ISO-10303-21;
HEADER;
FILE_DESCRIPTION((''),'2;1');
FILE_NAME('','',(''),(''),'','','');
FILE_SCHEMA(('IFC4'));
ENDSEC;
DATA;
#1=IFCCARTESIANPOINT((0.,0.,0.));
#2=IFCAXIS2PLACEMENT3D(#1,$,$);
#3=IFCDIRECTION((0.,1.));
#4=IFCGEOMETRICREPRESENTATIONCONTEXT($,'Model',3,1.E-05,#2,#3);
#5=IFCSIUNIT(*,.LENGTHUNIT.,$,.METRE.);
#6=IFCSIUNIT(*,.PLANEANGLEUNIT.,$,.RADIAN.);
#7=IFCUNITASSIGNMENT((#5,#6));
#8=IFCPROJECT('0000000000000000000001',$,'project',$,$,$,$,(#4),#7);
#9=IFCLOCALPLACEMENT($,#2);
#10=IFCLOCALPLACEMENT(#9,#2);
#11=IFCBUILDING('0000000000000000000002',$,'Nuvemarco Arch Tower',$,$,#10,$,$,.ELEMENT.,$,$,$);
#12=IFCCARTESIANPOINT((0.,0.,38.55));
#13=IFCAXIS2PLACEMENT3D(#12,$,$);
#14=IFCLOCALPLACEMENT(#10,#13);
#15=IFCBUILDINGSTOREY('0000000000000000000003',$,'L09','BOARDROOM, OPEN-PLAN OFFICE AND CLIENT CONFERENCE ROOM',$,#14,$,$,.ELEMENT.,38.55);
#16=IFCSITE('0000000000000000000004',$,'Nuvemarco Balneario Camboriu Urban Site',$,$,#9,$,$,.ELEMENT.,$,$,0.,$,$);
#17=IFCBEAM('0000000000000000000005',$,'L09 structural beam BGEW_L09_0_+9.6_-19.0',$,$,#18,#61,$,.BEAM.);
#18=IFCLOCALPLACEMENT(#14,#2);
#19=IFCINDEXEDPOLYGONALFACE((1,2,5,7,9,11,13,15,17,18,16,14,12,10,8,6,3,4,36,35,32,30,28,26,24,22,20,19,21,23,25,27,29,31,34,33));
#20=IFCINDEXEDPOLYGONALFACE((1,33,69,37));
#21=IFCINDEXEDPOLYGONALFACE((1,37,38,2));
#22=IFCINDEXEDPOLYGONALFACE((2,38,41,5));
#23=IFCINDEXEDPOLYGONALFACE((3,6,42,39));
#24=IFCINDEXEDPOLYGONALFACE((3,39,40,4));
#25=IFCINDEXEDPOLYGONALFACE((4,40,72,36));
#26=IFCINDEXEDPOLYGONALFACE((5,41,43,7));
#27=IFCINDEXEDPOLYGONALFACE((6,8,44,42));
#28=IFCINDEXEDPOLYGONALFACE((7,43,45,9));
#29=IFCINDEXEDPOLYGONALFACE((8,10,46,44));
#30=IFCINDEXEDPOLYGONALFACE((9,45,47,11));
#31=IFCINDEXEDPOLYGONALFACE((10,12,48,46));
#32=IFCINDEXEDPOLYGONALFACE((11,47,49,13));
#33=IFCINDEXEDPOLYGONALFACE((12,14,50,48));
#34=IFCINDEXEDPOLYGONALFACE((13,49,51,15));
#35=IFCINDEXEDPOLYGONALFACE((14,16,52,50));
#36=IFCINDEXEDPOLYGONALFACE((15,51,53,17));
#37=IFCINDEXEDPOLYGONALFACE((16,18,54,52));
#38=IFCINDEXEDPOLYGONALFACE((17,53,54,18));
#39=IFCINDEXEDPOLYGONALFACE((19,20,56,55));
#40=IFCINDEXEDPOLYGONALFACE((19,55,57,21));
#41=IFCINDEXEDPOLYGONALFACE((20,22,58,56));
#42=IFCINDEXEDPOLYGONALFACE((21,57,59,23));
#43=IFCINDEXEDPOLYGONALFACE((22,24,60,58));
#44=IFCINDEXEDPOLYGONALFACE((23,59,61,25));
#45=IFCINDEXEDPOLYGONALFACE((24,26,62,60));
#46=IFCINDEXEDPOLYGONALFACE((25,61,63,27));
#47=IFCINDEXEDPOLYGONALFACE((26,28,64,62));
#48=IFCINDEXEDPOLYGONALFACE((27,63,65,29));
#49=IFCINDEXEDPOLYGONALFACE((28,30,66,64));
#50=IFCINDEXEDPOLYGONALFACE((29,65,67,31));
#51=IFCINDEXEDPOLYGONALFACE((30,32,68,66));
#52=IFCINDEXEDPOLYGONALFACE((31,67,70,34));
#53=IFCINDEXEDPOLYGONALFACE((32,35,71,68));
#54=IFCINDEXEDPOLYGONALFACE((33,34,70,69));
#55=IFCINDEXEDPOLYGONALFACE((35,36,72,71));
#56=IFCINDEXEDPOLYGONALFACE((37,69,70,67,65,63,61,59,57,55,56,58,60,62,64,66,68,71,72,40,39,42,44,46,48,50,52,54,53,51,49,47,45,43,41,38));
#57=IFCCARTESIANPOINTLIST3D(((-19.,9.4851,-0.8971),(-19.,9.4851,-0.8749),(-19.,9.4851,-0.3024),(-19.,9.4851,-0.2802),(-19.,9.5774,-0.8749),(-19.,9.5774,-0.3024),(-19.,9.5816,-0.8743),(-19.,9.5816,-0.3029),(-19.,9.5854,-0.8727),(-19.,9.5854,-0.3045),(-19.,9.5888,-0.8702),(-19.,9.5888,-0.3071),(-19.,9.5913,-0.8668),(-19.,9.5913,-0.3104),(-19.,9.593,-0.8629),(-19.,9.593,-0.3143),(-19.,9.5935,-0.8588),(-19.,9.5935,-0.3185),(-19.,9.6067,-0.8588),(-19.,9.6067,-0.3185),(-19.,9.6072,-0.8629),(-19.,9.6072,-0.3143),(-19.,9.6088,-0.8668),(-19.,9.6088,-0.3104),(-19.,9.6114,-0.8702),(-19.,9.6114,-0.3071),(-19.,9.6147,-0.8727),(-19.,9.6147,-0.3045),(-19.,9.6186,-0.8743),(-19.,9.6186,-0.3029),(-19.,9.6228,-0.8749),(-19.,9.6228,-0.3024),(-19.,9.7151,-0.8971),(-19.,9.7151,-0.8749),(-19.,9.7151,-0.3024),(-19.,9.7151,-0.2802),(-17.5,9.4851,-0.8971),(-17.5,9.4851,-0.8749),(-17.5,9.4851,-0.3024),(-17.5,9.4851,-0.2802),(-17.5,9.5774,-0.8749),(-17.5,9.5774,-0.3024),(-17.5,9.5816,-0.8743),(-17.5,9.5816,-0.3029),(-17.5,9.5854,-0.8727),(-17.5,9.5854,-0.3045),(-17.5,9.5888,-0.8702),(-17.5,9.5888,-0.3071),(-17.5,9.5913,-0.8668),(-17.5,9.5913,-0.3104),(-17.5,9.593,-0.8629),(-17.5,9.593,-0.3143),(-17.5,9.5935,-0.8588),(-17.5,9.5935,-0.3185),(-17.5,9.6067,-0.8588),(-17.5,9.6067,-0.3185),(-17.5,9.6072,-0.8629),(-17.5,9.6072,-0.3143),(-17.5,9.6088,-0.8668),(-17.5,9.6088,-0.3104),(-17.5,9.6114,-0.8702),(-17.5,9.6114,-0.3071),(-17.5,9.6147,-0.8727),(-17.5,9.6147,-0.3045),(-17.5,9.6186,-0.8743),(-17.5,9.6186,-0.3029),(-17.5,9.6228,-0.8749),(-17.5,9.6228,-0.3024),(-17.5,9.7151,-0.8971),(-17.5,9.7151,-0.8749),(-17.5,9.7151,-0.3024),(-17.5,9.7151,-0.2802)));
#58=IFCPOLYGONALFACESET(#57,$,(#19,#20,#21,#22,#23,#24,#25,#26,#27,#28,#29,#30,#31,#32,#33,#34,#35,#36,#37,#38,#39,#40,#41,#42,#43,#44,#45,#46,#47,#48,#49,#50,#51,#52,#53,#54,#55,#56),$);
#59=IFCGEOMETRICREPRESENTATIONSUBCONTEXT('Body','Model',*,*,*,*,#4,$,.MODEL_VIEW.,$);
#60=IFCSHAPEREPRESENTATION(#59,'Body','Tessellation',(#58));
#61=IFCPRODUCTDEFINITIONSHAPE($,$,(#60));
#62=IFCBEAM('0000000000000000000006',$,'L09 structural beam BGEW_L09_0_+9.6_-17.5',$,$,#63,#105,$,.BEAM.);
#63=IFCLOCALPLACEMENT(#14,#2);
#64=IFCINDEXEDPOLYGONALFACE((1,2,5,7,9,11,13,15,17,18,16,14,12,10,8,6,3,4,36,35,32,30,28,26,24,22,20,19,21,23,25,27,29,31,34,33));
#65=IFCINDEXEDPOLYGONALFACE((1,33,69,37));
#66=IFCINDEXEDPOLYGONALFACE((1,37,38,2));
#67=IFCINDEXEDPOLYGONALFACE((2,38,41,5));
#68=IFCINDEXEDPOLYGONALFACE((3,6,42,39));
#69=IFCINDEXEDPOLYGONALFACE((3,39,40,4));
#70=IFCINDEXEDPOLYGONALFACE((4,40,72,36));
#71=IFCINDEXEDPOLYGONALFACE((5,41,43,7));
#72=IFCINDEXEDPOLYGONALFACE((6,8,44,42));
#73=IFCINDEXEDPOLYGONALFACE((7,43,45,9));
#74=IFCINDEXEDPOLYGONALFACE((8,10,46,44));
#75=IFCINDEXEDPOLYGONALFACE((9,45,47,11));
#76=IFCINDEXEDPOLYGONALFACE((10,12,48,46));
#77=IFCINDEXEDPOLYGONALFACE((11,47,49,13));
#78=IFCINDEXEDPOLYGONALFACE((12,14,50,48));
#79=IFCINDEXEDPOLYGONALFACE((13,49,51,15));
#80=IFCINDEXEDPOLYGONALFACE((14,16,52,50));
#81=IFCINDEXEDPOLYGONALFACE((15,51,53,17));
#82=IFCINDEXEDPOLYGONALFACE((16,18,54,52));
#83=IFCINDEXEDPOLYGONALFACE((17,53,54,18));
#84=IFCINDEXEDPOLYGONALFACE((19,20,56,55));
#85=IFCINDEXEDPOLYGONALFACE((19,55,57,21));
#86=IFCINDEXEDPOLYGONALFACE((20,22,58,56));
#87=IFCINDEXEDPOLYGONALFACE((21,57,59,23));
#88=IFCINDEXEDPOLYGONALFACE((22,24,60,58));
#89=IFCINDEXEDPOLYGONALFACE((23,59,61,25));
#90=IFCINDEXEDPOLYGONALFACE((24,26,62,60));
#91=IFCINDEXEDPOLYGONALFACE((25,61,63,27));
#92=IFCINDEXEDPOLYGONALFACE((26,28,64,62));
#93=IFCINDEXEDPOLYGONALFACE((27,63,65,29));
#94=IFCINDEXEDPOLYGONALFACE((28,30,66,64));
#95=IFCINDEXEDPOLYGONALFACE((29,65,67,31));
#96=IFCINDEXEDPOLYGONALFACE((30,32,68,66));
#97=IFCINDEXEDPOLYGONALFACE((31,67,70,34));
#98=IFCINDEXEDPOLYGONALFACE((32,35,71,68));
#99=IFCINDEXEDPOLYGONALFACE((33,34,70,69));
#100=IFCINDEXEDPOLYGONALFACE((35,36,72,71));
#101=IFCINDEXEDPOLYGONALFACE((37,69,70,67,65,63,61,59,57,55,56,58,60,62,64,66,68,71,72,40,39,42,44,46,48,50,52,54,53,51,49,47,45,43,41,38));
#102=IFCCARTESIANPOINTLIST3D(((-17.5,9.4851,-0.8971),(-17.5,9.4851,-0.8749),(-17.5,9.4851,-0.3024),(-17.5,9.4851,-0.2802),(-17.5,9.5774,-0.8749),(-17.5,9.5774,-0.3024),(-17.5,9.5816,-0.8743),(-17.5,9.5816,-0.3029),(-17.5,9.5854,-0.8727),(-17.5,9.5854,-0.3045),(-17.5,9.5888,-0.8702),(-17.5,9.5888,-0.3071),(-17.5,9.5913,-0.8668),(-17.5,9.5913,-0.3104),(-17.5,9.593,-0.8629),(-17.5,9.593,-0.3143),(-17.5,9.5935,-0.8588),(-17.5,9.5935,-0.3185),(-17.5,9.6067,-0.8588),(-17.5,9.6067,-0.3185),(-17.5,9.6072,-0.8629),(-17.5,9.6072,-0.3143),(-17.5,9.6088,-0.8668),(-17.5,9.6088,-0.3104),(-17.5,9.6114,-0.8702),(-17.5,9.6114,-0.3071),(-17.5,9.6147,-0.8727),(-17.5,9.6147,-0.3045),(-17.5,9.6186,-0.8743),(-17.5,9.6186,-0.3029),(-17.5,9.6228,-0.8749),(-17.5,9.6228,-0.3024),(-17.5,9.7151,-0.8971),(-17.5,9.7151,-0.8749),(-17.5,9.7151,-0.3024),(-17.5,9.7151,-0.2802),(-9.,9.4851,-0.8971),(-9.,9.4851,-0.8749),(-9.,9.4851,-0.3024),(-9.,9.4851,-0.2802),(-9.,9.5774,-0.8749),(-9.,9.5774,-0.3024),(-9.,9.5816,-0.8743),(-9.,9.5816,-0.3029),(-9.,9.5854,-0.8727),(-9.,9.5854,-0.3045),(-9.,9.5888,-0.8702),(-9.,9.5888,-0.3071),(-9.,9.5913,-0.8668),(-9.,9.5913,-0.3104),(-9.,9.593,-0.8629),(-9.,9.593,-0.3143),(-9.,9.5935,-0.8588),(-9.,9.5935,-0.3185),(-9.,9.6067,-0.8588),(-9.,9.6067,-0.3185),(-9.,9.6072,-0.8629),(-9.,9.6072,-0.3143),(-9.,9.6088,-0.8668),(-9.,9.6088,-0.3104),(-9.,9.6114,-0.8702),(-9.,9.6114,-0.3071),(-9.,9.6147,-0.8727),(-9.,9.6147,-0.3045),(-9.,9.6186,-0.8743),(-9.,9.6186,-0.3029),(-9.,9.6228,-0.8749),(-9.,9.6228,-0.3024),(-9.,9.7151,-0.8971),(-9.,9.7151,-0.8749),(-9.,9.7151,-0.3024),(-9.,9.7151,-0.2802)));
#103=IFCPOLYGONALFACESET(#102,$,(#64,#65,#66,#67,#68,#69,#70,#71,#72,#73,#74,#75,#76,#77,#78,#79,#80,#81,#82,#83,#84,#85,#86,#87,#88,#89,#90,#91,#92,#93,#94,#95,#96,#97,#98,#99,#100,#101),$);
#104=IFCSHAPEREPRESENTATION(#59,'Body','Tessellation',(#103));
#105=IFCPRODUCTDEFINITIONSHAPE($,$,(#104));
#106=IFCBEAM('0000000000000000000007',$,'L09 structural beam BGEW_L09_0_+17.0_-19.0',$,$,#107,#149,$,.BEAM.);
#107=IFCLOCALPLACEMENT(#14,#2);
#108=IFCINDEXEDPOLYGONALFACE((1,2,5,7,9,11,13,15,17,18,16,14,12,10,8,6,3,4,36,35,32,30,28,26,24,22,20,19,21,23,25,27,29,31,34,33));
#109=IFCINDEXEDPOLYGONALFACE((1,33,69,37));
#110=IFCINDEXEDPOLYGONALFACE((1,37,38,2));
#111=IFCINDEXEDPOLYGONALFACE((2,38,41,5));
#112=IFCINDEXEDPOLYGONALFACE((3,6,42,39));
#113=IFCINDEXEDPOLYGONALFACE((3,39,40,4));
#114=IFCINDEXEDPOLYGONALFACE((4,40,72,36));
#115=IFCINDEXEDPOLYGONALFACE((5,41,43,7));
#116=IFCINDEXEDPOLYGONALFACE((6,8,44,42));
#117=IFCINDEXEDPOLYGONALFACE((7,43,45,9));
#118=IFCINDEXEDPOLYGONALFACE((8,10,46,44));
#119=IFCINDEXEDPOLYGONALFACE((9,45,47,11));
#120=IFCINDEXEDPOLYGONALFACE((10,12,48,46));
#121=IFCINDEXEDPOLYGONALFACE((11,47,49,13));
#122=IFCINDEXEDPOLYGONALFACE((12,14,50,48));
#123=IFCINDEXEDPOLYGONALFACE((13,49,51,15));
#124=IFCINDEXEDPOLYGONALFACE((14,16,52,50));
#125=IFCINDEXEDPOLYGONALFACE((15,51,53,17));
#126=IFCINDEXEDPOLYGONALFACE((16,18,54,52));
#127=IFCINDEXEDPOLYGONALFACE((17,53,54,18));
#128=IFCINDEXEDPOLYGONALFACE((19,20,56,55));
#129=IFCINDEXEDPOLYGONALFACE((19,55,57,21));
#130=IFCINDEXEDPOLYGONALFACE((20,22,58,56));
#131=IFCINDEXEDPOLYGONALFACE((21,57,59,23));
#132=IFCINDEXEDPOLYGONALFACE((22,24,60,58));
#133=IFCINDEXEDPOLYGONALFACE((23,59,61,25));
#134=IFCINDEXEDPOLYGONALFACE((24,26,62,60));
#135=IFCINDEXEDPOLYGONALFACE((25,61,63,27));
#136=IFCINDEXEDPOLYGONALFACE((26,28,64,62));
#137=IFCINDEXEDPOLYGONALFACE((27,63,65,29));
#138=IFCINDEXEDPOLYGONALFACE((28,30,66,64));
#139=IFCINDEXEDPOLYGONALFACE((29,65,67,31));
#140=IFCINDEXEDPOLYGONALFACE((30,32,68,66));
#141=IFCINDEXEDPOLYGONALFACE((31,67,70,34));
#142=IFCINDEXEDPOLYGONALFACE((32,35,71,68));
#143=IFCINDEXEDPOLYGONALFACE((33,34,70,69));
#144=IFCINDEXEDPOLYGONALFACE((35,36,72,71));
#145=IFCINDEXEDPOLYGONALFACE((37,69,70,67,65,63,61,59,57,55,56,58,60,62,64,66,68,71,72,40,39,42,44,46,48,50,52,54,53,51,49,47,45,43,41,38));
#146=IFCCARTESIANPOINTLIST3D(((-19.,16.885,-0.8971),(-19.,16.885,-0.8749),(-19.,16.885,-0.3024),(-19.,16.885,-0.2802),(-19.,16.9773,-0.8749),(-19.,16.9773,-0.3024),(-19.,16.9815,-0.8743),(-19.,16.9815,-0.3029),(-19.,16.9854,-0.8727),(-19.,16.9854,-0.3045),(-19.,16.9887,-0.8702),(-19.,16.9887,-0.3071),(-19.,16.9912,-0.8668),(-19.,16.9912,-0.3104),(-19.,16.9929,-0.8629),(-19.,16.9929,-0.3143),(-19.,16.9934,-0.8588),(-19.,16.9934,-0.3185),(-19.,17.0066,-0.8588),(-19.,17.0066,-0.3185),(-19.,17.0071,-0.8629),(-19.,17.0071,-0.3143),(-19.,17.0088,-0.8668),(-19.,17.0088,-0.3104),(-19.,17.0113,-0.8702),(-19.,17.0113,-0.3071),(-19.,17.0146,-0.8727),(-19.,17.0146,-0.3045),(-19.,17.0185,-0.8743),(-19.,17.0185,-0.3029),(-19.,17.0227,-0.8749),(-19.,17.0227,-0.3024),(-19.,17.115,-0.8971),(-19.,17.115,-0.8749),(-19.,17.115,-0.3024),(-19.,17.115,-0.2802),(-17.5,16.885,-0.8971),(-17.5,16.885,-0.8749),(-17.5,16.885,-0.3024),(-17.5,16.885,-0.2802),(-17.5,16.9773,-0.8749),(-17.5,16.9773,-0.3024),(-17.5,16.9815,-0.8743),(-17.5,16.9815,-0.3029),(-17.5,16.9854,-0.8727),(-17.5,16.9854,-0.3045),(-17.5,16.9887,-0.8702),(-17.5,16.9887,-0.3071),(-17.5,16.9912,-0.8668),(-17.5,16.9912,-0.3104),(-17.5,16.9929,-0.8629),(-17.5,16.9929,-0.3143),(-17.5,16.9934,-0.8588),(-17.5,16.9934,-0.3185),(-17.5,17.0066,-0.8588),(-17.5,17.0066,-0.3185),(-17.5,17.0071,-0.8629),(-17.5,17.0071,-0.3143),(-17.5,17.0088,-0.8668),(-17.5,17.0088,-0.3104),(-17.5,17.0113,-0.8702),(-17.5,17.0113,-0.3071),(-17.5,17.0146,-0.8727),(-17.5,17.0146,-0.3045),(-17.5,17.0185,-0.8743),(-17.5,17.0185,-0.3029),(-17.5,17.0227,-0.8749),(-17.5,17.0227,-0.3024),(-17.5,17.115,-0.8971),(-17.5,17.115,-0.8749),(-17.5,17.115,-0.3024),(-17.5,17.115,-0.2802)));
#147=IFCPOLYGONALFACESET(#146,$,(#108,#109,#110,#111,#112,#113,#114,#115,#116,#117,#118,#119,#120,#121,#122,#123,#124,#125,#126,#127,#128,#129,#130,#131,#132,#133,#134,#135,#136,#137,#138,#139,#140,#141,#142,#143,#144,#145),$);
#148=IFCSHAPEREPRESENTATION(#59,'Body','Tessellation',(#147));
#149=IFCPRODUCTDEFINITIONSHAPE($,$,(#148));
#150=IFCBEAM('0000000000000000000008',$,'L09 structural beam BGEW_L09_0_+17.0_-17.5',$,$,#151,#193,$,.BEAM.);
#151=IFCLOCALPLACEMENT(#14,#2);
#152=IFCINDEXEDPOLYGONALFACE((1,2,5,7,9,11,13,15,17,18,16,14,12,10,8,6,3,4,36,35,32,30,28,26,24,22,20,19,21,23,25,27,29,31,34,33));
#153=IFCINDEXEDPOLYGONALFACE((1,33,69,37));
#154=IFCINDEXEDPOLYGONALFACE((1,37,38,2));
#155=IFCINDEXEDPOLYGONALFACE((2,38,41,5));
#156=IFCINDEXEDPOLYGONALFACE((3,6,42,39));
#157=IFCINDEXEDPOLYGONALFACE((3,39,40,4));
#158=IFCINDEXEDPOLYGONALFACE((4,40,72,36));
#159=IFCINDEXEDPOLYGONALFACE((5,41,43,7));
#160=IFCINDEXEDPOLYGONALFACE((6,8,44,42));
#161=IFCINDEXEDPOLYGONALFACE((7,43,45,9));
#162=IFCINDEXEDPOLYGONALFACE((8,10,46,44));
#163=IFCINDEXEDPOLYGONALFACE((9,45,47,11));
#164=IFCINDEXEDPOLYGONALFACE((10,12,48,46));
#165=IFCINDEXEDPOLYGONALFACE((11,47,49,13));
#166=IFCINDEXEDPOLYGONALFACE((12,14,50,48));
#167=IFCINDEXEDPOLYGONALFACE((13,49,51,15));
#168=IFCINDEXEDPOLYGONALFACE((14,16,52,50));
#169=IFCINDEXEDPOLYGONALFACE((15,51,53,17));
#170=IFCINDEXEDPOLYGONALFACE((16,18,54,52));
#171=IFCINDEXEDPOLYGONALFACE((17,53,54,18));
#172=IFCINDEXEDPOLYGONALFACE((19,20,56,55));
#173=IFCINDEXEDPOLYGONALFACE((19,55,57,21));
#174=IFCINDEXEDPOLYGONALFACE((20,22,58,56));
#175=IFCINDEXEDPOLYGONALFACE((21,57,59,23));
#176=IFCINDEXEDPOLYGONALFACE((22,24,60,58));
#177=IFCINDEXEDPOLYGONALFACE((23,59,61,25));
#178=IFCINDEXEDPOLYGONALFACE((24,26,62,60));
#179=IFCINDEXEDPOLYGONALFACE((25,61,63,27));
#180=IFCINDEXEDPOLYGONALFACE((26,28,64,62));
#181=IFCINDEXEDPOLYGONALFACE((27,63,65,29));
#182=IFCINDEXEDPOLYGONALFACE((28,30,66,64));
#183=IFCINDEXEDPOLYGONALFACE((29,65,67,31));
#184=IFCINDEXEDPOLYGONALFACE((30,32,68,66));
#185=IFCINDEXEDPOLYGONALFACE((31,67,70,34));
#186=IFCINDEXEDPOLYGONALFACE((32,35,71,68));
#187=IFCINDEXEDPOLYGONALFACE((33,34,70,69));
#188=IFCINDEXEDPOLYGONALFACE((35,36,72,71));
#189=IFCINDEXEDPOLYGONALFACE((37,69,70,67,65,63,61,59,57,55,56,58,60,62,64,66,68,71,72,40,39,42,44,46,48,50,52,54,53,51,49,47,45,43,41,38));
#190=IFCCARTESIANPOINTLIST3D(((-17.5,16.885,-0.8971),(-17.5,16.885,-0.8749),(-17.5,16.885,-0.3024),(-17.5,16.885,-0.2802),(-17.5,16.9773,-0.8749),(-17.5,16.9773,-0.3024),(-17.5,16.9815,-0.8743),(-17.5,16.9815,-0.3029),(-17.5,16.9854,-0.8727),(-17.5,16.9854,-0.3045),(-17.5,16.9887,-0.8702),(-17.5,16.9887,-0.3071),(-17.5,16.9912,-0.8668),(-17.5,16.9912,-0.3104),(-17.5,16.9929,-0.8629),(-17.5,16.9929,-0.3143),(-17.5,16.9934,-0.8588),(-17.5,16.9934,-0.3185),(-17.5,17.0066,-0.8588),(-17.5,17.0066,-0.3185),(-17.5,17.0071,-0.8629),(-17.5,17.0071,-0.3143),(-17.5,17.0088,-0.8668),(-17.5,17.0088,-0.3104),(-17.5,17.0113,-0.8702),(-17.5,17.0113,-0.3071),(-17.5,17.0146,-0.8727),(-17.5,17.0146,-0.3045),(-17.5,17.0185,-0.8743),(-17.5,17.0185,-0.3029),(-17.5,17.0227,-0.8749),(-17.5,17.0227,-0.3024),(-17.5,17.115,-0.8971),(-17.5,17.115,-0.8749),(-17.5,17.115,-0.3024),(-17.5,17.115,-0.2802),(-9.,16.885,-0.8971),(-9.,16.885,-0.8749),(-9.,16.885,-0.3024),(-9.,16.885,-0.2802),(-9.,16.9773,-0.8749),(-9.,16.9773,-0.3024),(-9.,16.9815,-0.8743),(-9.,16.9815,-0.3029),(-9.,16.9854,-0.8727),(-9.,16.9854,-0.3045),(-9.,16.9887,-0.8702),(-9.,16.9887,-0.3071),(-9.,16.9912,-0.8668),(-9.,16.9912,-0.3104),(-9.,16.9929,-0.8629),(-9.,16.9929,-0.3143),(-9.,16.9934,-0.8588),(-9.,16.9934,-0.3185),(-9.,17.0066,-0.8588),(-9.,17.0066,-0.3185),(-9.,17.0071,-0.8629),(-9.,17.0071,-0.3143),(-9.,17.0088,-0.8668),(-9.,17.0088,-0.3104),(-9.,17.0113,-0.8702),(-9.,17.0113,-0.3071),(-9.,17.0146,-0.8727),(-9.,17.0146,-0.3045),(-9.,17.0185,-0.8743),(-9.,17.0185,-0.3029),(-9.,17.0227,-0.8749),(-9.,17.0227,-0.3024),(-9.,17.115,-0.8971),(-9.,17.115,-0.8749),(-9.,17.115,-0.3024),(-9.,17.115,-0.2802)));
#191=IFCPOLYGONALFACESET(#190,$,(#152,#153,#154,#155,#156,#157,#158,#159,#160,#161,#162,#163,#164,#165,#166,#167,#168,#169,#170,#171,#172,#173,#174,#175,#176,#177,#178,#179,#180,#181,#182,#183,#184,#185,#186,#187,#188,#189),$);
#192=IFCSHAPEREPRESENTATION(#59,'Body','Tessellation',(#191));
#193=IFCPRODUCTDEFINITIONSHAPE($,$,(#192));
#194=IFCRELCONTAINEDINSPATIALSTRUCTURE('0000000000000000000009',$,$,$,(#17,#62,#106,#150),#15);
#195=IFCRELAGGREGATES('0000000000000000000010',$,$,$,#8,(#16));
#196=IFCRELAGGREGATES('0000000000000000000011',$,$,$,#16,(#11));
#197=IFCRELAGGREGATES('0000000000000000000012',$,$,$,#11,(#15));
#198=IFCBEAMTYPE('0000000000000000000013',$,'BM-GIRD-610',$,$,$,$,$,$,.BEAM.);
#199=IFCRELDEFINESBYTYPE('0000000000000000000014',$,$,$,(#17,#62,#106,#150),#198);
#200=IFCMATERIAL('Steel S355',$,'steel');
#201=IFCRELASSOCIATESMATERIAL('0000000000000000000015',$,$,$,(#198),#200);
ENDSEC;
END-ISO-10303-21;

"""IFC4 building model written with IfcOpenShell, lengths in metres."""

from ifc_helpers import new_model, si_unit, direction, frame, origin, origin_2d, place, context, subcontext, project, spatial, i_section, extrude, material, material_profile, profile_set, type_object, element, save


model = new_model("IFC4")

# Units and contexts
model_context = context("Model", 3, precision=1e-05, world=origin(), true_north=direction((0.0, 1.0)))
body_context = subcontext(model_context, "Body", "Model", "MODEL_VIEW")
ifc_project = project(units=[si_unit("LENGTHUNIT", "METRE"), si_unit("PLANEANGLEUNIT", "RADIAN")], contexts=[model_context])

# Site, building, storey
site_placement = place(None, origin())
site = spatial("IfcSite", under=ifc_project, at=site_placement, Name="Nuvemarco Balneario Camboriu Urban Site", CompositionType="ELEMENT", RefElevation=0.0)
building_placement = place(site_placement, origin())
building = spatial("IfcBuilding", under=site, at=building_placement, Name="Nuvemarco Arch Tower", CompositionType="ELEMENT")
storey_placement = place(building_placement, frame((0.0, 0.0, 38.55)))
storey = spatial("IfcBuildingStorey", under=building, at=storey_placement, Name="L09", Description="BOARDROOM, OPEN-PLAN OFFICE AND CLIENT CONFERENCE ROOM", CompositionType="ELEMENT", Elevation=38.55)

# Shared definitions
ifc_material_1 = material(Name="Steel S355", Category="steel")

# Beams
ifc_material_profile_1 = material_profile(ifc_material_1, i_section(OverallWidth=0.23, OverallDepth=0.6169, WebThickness=0.0132, FlangeThickness=0.0222, FilletRadius=0.0161, at=origin_2d()), Name="W610x140")
ifc_profile_set_1 = profile_set([ifc_material_profile_1], Name="Steel S355")
beam_type_1 = type_object("IfcBeamType", Name="BM-GIRD-610", PredefinedType="BEAM", material=ifc_profile_set_1)
beam_1_placement = place(storey_placement, frame((-19.0, 9.6001, -0.5886), z_axis=(1.0, 0.0, 0.0), x_axis=(0.0, 1.0, 0.0)))
element("IfcBeam", 1, at=beam_1_placement, inside=storey, type_object=beam_type_1, Name="L09 structural beam BGEW_L09_0_+9.6_-19.0", PredefinedType="BEAM", context=body_context, shape_type="SweptSolid", body=[
    extrude(i_section(OverallWidth=0.23, OverallDepth=0.6169, WebThickness=0.0132, FlangeThickness=0.0222, FilletRadius=0.0161, at=origin_2d()), origin(), (0.0, 0.0, 1.0), 1.5),
])
beam_2_placement = place(storey_placement, frame((-17.5, 9.6001, -0.5886), z_axis=(1.0, 0.0, 0.0), x_axis=(0.0, 1.0, 0.0)))
element("IfcBeam", 2, at=beam_2_placement, inside=storey, type_object=beam_type_1, Name="L09 structural beam BGEW_L09_0_+9.6_-17.5", PredefinedType="BEAM", context=body_context, shape_type="SweptSolid", body=[
    extrude(i_section(OverallWidth=0.23, OverallDepth=0.6169, WebThickness=0.0132, FlangeThickness=0.0222, FilletRadius=0.0161, at=origin_2d()), origin(), (0.0, 0.0, 1.0), 8.5),
])
beam_3_placement = place(storey_placement, frame((-19.0, 17.0, -0.5886), z_axis=(1.0, 0.0, 0.0), x_axis=(0.0, 1.0, 0.0)))
element("IfcBeam", 3, at=beam_3_placement, inside=storey, type_object=beam_type_1, Name="L09 structural beam BGEW_L09_0_+17.0_-19.0", PredefinedType="BEAM", context=body_context, shape_type="SweptSolid", body=[
    extrude(i_section(OverallWidth=0.23, OverallDepth=0.6169, WebThickness=0.0132, FlangeThickness=0.0222, FilletRadius=0.0161, at=origin_2d()), origin(), (0.0, 0.0, 1.0), 1.5),
])
beam_4_placement = place(storey_placement, frame((-17.5, 17.0, -0.5886), z_axis=(1.0, 0.0, 0.0), x_axis=(0.0, 1.0, 0.0)))
element("IfcBeam", 4, at=beam_4_placement, inside=storey, type_object=beam_type_1, Name="L09 structural beam BGEW_L09_0_+17.0_-17.5", PredefinedType="BEAM", context=body_context, shape_type="SweptSolid", body=[
    extrude(i_section(OverallWidth=0.23, OverallDepth=0.6169, WebThickness=0.0132, FlangeThickness=0.0222, FilletRadius=0.0161, at=origin_2d()), origin(), (0.0, 0.0, 1.0), 8.5),
])

save(model, "model.ifc")
